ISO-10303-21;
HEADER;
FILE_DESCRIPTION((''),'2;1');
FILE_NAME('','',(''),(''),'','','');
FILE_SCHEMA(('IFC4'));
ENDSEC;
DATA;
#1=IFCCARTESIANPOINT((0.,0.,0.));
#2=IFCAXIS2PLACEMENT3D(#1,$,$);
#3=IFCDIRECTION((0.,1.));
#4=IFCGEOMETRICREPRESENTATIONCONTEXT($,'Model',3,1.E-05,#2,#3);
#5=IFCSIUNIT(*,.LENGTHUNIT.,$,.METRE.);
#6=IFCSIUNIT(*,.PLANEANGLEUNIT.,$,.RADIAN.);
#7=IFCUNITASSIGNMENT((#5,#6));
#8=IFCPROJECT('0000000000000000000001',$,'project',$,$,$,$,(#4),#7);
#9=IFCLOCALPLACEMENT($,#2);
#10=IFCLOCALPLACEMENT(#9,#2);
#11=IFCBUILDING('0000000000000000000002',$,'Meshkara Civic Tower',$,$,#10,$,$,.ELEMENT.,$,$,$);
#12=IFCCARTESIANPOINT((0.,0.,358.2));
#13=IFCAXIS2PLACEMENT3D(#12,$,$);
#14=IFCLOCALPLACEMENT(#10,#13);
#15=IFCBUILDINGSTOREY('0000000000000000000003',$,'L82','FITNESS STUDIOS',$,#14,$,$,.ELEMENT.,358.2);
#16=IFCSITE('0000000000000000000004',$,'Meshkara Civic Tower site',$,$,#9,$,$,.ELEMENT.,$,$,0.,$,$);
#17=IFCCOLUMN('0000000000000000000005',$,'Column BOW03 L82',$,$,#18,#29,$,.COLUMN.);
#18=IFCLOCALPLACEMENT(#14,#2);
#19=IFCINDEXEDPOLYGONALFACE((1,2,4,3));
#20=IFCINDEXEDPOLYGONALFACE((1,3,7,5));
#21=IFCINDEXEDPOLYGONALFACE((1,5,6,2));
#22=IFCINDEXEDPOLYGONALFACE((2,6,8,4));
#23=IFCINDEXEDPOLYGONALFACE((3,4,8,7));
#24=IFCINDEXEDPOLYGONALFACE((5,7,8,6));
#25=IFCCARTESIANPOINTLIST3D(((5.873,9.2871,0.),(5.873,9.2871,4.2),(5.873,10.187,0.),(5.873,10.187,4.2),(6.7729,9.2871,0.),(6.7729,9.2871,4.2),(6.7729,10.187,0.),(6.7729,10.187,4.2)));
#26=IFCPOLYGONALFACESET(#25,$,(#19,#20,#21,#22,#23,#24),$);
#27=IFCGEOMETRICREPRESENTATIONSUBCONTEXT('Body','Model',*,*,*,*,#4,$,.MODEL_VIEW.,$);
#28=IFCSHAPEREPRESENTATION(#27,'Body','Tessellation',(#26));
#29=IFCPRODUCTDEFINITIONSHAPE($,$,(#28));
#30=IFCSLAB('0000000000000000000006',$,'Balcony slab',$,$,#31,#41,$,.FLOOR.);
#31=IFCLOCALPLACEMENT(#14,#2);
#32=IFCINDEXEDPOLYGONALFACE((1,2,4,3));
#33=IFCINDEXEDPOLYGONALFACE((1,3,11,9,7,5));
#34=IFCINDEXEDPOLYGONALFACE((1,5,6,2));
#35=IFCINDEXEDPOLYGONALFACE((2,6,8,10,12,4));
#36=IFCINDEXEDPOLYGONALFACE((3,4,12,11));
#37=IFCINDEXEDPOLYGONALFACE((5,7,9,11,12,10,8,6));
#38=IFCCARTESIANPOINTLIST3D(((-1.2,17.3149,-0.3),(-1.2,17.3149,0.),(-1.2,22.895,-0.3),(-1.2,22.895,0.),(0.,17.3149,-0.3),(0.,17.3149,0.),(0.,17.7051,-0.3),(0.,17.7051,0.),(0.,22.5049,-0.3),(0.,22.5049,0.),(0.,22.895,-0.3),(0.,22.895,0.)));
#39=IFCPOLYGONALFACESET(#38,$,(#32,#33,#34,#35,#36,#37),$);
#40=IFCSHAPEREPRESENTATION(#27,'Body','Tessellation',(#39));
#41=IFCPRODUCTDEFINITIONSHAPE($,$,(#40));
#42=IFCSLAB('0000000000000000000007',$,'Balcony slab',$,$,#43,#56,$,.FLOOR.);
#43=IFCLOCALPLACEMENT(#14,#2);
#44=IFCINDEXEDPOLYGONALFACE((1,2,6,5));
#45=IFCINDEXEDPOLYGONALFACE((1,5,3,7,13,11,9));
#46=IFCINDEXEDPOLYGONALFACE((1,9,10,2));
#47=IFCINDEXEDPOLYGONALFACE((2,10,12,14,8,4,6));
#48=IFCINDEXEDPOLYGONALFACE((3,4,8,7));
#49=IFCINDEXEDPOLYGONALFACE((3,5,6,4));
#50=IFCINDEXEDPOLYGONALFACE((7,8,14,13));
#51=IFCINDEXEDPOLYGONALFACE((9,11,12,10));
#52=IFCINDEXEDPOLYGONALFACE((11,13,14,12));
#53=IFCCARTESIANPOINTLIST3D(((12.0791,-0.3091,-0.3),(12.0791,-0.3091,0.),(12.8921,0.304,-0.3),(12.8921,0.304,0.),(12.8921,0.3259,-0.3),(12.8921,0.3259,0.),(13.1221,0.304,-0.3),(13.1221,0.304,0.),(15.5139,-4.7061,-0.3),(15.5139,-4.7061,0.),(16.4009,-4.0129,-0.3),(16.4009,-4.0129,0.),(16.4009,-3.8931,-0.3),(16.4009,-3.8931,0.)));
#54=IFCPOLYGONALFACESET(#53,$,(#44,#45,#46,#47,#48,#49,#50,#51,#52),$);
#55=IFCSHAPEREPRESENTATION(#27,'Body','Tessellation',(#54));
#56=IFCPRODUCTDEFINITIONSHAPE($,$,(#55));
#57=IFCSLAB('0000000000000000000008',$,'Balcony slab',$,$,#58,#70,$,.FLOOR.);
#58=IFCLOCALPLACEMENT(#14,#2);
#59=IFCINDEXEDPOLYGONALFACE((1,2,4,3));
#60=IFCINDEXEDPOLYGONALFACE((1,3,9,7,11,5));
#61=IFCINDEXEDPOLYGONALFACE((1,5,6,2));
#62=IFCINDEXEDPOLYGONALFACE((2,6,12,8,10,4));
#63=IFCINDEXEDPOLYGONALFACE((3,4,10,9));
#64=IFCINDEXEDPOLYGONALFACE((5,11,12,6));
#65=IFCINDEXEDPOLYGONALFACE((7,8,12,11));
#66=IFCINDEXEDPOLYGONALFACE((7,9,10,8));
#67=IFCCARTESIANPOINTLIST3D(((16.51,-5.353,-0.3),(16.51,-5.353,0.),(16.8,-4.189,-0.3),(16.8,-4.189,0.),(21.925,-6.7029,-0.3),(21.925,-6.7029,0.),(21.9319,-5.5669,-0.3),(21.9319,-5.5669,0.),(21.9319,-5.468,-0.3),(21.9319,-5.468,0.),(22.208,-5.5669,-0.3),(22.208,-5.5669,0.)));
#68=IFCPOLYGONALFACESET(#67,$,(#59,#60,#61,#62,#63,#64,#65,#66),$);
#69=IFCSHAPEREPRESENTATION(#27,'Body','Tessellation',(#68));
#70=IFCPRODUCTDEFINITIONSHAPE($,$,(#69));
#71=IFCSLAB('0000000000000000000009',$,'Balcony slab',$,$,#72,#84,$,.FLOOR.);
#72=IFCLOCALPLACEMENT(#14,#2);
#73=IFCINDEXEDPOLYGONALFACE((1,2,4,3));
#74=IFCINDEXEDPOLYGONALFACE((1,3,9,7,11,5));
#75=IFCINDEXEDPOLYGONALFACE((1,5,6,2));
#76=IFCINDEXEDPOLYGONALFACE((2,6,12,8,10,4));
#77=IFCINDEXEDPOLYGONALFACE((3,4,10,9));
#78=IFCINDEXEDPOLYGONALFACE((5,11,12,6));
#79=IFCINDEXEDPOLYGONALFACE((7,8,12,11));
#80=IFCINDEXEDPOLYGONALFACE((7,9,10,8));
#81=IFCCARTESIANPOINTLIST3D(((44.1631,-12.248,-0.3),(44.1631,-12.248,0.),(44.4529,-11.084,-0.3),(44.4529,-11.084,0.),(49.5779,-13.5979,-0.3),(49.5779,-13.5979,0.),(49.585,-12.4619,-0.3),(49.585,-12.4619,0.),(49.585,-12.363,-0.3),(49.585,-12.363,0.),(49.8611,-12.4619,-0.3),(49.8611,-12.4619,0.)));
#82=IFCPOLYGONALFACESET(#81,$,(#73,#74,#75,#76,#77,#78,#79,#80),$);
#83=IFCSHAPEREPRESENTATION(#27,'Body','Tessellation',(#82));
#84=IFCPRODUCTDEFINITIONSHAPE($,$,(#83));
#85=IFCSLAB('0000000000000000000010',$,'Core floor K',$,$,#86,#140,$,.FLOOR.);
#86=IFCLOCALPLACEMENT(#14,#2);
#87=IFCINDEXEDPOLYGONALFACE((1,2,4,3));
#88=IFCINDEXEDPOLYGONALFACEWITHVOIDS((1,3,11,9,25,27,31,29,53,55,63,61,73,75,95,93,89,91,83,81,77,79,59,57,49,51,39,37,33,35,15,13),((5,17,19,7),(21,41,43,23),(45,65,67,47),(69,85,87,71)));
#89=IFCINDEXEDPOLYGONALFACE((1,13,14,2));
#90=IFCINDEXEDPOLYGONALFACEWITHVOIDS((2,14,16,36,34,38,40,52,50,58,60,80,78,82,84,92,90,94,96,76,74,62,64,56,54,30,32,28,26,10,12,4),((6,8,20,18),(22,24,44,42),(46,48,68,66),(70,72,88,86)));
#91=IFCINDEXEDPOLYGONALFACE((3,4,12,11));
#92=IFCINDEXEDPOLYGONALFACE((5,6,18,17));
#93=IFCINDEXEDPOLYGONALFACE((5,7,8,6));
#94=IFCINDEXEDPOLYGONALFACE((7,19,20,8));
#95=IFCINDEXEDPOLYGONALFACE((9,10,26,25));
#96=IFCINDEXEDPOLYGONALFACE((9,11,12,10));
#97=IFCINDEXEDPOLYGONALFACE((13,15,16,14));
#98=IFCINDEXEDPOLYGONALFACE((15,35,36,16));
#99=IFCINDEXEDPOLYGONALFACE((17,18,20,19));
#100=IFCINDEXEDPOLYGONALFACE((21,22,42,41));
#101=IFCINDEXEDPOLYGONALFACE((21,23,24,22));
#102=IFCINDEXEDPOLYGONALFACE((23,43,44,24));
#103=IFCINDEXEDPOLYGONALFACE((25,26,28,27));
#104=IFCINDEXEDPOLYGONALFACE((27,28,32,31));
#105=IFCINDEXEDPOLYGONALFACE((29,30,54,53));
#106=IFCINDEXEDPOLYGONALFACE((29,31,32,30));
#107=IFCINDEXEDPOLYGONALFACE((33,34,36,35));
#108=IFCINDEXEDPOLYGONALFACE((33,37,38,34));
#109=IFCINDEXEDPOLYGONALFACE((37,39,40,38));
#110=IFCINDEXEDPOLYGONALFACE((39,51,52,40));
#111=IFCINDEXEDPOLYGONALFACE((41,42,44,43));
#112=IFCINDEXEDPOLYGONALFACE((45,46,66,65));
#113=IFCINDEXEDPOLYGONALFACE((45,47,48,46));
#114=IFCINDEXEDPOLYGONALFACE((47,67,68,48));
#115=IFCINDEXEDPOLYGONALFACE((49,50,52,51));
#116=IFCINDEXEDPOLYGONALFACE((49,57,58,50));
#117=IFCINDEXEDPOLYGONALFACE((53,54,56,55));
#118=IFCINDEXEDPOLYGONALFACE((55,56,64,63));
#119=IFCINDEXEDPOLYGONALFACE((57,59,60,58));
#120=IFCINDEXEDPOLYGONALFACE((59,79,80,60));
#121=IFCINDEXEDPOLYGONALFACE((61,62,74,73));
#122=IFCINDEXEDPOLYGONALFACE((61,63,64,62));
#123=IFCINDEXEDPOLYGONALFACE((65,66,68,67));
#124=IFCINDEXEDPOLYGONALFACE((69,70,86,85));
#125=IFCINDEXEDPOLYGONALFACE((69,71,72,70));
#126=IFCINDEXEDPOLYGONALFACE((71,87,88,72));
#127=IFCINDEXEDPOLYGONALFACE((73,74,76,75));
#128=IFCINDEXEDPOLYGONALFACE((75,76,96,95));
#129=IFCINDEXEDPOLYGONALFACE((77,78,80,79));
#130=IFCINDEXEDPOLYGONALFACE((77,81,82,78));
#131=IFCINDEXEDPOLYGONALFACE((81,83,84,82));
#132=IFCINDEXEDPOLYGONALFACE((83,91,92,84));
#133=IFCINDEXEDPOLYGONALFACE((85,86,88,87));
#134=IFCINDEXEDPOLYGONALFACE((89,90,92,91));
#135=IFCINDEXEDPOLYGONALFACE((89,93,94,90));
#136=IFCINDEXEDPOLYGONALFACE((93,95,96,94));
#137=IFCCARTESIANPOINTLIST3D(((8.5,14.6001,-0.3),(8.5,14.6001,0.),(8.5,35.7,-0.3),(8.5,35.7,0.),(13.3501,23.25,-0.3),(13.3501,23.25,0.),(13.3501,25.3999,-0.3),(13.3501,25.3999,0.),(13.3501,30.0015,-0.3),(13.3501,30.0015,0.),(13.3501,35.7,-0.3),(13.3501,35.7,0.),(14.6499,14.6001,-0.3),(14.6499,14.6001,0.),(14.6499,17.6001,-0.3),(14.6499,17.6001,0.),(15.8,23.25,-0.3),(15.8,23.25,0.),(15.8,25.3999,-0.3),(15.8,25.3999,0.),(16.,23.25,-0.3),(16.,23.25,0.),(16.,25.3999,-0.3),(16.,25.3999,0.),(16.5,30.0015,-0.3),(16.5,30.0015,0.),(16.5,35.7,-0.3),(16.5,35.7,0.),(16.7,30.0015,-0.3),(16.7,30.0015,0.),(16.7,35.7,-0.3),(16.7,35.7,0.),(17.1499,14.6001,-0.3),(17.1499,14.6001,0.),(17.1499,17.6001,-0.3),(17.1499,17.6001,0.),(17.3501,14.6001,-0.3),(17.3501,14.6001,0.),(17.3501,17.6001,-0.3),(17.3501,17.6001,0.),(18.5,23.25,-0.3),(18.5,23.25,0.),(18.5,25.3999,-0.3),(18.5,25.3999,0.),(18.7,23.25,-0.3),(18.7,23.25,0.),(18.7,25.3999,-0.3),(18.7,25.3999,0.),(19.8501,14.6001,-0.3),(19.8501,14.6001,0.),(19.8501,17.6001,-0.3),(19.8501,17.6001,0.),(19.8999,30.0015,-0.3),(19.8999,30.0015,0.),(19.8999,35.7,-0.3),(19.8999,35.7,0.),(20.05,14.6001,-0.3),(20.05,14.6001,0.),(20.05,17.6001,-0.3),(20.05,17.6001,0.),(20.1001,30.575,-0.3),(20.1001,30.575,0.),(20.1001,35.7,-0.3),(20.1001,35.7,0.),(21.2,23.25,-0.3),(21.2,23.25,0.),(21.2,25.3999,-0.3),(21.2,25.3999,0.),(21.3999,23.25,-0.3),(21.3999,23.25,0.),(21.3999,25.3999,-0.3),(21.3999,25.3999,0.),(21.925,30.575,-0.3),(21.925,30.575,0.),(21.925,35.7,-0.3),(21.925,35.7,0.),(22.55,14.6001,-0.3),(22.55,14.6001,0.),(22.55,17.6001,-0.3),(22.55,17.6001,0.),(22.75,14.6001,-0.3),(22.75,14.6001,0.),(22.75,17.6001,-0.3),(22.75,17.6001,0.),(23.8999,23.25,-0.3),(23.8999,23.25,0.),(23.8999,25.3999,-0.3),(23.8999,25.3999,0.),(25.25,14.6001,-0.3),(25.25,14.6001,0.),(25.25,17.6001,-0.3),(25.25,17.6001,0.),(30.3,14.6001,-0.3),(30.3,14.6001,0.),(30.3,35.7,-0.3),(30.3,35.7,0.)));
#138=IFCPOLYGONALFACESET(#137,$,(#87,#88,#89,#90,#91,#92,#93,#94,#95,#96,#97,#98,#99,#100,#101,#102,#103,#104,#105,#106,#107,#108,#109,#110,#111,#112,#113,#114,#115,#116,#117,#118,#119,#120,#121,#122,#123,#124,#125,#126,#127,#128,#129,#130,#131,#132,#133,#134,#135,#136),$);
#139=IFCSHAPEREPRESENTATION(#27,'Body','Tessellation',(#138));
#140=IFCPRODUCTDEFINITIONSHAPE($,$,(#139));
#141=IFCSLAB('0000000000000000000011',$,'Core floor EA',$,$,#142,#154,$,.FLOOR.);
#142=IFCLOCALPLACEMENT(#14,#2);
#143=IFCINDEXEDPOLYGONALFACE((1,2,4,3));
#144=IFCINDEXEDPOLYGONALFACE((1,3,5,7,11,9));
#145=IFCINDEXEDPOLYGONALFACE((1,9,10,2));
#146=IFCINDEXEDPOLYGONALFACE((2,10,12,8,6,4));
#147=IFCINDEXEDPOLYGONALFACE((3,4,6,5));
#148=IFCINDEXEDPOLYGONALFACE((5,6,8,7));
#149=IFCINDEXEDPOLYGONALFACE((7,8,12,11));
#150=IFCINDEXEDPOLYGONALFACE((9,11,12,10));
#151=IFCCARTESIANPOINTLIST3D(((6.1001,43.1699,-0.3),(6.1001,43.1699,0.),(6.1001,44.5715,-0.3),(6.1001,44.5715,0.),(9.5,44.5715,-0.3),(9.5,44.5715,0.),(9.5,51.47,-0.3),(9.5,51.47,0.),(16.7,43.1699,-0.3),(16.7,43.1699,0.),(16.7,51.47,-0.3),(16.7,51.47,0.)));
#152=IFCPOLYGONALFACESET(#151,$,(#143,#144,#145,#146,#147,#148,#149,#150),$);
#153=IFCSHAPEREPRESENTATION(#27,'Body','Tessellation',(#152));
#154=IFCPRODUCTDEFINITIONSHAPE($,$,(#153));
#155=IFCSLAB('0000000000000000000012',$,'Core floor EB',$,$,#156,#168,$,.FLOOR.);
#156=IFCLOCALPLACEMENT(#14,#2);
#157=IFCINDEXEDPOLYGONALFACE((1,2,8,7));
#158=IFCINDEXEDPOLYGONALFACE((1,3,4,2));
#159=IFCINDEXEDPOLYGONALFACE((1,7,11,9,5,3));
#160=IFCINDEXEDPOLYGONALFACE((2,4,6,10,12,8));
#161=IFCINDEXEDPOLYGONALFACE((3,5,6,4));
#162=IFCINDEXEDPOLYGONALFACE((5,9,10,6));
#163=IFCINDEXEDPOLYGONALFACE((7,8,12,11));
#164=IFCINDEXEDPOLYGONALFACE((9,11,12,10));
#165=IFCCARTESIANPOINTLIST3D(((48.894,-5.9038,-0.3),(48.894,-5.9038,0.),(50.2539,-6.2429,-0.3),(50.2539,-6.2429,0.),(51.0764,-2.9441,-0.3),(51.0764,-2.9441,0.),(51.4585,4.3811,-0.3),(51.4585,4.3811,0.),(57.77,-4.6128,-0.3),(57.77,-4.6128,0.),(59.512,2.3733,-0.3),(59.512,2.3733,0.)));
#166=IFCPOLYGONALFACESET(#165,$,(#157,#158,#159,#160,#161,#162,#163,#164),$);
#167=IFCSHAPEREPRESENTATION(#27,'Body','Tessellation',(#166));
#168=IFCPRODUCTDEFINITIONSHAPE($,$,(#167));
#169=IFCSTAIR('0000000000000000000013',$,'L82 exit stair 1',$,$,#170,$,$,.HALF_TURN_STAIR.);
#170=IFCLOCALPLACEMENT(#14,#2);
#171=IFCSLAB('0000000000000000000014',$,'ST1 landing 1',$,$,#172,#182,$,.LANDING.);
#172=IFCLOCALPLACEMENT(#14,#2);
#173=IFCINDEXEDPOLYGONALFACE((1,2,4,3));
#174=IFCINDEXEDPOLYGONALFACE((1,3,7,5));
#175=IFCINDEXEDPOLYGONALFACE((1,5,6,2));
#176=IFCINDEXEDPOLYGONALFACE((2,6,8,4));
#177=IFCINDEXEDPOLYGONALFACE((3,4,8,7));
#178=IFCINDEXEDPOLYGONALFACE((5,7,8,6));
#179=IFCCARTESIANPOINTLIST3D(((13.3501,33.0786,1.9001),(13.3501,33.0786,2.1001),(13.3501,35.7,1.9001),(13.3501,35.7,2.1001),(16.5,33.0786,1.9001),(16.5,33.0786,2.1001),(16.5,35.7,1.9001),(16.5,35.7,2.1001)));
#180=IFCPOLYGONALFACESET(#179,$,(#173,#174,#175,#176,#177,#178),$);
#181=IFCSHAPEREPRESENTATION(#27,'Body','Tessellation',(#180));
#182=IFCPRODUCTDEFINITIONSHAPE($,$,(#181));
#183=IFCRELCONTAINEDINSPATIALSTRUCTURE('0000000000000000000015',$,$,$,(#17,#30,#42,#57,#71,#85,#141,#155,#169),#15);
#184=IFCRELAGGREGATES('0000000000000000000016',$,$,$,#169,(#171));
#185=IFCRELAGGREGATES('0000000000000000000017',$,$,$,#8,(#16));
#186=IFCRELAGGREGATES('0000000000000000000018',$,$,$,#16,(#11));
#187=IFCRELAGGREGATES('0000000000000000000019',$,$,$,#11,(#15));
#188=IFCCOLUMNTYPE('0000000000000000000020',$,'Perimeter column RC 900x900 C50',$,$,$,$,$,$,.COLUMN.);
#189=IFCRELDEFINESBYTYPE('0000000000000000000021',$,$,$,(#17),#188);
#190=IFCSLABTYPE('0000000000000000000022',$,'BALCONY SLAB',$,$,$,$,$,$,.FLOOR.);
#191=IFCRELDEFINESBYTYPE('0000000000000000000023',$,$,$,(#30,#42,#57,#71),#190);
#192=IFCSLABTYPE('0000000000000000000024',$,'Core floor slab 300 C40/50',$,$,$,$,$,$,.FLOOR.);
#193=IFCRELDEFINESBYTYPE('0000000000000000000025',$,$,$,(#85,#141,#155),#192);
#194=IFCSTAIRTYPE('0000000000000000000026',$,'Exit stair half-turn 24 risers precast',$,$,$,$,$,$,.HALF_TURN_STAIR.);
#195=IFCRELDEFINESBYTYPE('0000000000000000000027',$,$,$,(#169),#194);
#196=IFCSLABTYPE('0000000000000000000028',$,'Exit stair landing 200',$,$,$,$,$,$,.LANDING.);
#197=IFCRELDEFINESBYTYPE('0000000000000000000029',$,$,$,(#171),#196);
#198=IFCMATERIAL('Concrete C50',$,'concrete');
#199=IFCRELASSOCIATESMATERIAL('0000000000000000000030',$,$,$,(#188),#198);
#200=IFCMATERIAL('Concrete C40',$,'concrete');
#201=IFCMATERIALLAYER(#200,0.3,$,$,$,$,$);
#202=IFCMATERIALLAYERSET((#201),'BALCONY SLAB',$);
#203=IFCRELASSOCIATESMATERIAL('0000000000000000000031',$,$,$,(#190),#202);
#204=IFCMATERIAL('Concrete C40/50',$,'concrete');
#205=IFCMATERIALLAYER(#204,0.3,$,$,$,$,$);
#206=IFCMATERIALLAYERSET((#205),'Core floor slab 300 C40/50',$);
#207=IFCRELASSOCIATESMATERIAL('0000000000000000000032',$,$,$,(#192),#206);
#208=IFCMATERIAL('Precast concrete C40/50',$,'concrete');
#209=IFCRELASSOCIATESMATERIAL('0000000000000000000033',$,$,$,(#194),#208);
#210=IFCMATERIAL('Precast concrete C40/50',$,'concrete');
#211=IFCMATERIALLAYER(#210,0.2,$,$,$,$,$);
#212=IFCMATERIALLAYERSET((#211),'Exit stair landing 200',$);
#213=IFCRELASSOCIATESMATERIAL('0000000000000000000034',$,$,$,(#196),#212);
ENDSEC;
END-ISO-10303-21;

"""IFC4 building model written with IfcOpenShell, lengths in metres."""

from ifc_helpers import new_model, si_unit, direction, frame, origin, origin_2d, place, context, subcontext, project, spatial, polyline, rectangle, outline, extrude, material, layer, layer_set, material_profile, profile_set, type_object, element, aggregate, save


model = new_model("IFC4")

# Units and contexts
model_context = context("Model", 3, precision=1e-05, world=origin(), true_north=direction((0.0, 1.0)))
body_context = subcontext(model_context, "Body", "Model", "MODEL_VIEW")
ifc_project = project(units=[si_unit("LENGTHUNIT", "METRE"), si_unit("PLANEANGLEUNIT", "RADIAN")], contexts=[model_context])

# Site, building, storey
site_placement = place(None, origin())
site = spatial("IfcSite", under=ifc_project, at=site_placement, Name="Meshkara Civic Tower site", CompositionType="ELEMENT", RefElevation=0.0)
building_placement = place(site_placement, origin())
building = spatial("IfcBuilding", under=site, at=building_placement, Name="Meshkara Civic Tower", CompositionType="ELEMENT")
storey_placement = place(building_placement, frame((0.0, 0.0, 358.2)))
storey = spatial("IfcBuildingStorey", under=building, at=storey_placement, Name="L82", Description="FITNESS STUDIOS", CompositionType="ELEMENT", Elevation=358.2)

# Column
ifc_material_1 = material(Name="Concrete C50", Category="concrete")
ifc_material_profile = material_profile(ifc_material_1, rectangle(XDim=0.8999, YDim=0.8999, at=origin_2d()))
ifc_profile_set = profile_set([ifc_material_profile], Name="Concrete C50")
column_type = type_object("IfcColumnType", Name="Perimeter column RC 900x900 C50", PredefinedType="COLUMN", material=ifc_profile_set)
column_placement = place(storey_placement, frame((6.323, 9.7371, 0.0), z_axis=(0.0, 0.0, 1.0), x_axis=(1.0, 0.0, 0.0)))
element("IfcColumn", 1, at=column_placement, inside=storey, type_object=column_type, Name="Column BOW03 L82", PredefinedType="COLUMN", context=body_context, shape_type="SweptSolid", body=[
    extrude(rectangle(XDim=0.8999, YDim=0.8999, at=origin_2d()), origin(), (0.0, 0.0, 1.0), 4.2),
])

# Slabs
ifc_material_2 = material(Name="Concrete C40", Category="concrete")
ifc_layer_1 = layer(ifc_material_2, 0.3)
ifc_layer_set_1 = layer_set([ifc_layer_1], Name="BALCONY SLAB")
slab_type_1 = type_object("IfcSlabType", Name="BALCONY SLAB", PredefinedType="FLOOR", material=ifc_layer_set_1)
slab_1_placement = place(storey_placement, frame((0.0, 0.0, -0.3)))
element("IfcSlab", 2, at=slab_1_placement, inside=storey, type_object=slab_type_1, Name="Balcony slab", PredefinedType="FLOOR", context=body_context, shape_type="SweptSolid", body=[
    extrude(outline(polyline([(0.0, 17.7051), (0.0, 17.3149), (-1.2, 17.3149), (-1.2, 22.895), (0.0, 22.895), (0.0, 22.5049), (0.0, 17.7051)])), origin(), (0.0, 0.0, 1.0), 0.3),
])
slab_2_placement = place(storey_placement, frame((0.0, 0.0, -0.3)))
element("IfcSlab", 3, at=slab_2_placement, inside=storey, type_object=slab_type_1, Name="Balcony slab", PredefinedType="FLOOR", context=body_context, shape_type="SweptSolid", body=[
    extrude(outline(polyline([(15.5139, -4.7061), (12.0791, -0.3091), (12.8921, 0.3259), (12.8921, 0.304), (13.1221, 0.304), (16.4009, -3.8931), (16.4009, -4.0129), (15.5139, -4.7061)])), origin(), (0.0, 0.0, 1.0), 0.3),
])
slab_3_placement = place(storey_placement, frame((0.0, 0.0, -0.3)))
element("IfcSlab", 4, at=slab_3_placement, inside=storey, type_object=slab_type_1, Name="Balcony slab", PredefinedType="FLOOR", context=body_context, shape_type="SweptSolid", body=[
    extrude(outline(polyline([(21.925, -6.7029), (16.51, -5.353), (16.8, -4.189), (21.9319, -5.468), (21.9319, -5.5669), (22.208, -5.5669), (21.925, -6.7029)])), origin(), (0.0, 0.0, 1.0), 0.3),
])
slab_4_placement = place(storey_placement, frame((0.0, 0.0, -0.3)))
element("IfcSlab", 5, at=slab_4_placement, inside=storey, type_object=slab_type_1, Name="Balcony slab", PredefinedType="FLOOR", context=body_context, shape_type="SweptSolid", body=[
    extrude(outline(polyline([(49.5779, -13.5979), (44.1631, -12.248), (44.4529, -11.084), (49.585, -12.363), (49.585, -12.4619), (49.8611, -12.4619), (49.5779, -13.5979)])), origin(), (0.0, 0.0, 1.0), 0.3),
])
ifc_material_3 = material(Name="Concrete C40/50", Category="concrete")
ifc_layer_2 = layer(ifc_material_3, 0.3)
ifc_layer_set_2 = layer_set([ifc_layer_2], Name="Core floor slab 300 C40/50")
slab_type_2 = type_object("IfcSlabType", Name="Core floor slab 300 C40/50", PredefinedType="FLOOR", material=ifc_layer_set_2)
slab_5_placement = place(storey_placement, frame((0.0, 0.0, -0.3)))
element("IfcSlab", 6, at=slab_5_placement, inside=storey, type_object=slab_type_2, Name="Core floor K", PredefinedType="FLOOR", context=body_context, shape_type="SweptSolid", body=[
    extrude(outline(polyline([(8.5, 35.7), (13.3501, 35.7), (13.3501, 30.0015), (16.5, 30.0015), (16.5, 35.7), (16.7, 35.7), (16.7, 30.0015), (19.8999, 30.0015), (19.8999, 35.7), (20.1001, 35.7), (20.1001, 30.575), (21.925, 30.575), (21.925, 35.7), (30.3, 35.7), (30.3, 14.6001), (25.25, 14.6001), (25.25, 17.6001), (22.75, 17.6001), (22.75, 14.6001), (22.55, 14.6001), (22.55, 17.6001), (20.05, 17.6001), (20.05, 14.6001), (19.8501, 14.6001), (19.8501, 17.6001), (17.3501, 17.6001), (17.3501, 14.6001), (17.1499, 14.6001), (17.1499, 17.6001), (14.6499, 17.6001), (14.6499, 14.6001), (8.5, 14.6001), (8.5, 35.7)]), holes=[polyline([(13.3501, 23.25), (15.8, 23.25), (15.8, 25.3999), (13.3501, 25.3999), (13.3501, 23.25)]), polyline([(18.5, 23.25), (18.5, 25.3999), (16.0, 25.3999), (16.0, 23.25), (18.5, 23.25)]), polyline([(18.7, 23.25), (21.2, 23.25), (21.2, 25.3999), (18.7, 25.3999), (18.7, 23.25)]), polyline([(23.8999, 23.25), (23.8999, 25.3999), (21.3999, 25.3999), (21.3999, 23.25), (23.8999, 23.25)])]), origin(), (0.0, 0.0, 1.0), 0.3),
])
slab_6_placement = place(storey_placement, frame((0.0, 0.0, -0.3)))
element("IfcSlab", 7, at=slab_6_placement, inside=storey, type_object=slab_type_2, Name="Core floor EA", PredefinedType="FLOOR", context=body_context, shape_type="SweptSolid", body=[
    extrude(outline(polyline([(16.7, 43.1699), (16.7, 51.47), (9.5, 51.47), (9.5, 44.5715), (6.1001, 44.5715), (6.1001, 43.1699), (16.7, 43.1699)])), origin(), (0.0, 0.0, 1.0), 0.3),
])
slab_7_placement = place(storey_placement, frame((0.0, 0.0, -0.3)))
element("IfcSlab", 8, at=slab_7_placement, inside=storey, type_object=slab_type_2, Name="Core floor EB", PredefinedType="FLOOR", context=body_context, shape_type="SweptSolid", body=[
    extrude(outline(polyline([(51.4585, 4.3811), (59.512, 2.3733), (57.77, -4.6128), (51.0764, -2.9441), (50.2539, -6.2429), (48.894, -5.9038), (51.4585, 4.3811)])), origin(), (0.0, 0.0, 1.0), 0.3),
])

# Stair, slab
ifc_material_4 = material(Name="Precast concrete C40/50", Category="concrete")
stair_type = type_object("IfcStairType", Name="Exit stair half-turn 24 risers precast", PredefinedType="HALF_TURN_STAIR", material=ifc_material_4)
stair_1_placement = place(storey_placement, origin())
stair_1 = element("IfcStair", 9, at=stair_1_placement, inside=storey, type_object=stair_type, Name="L82 exit stair 1", PredefinedType="HALF_TURN_STAIR")
ifc_material_5 = material(Name="Precast concrete C40/50", Category="concrete")
ifc_layer_3 = layer(ifc_material_5, 0.2)
ifc_layer_set_3 = layer_set([ifc_layer_3], Name="Exit stair landing 200")
slab_type_3 = type_object("IfcSlabType", Name="Exit stair landing 200", PredefinedType="LANDING", material=ifc_layer_set_3)
slab_8_placement = place(storey_placement, frame((0.0, 0.0, 1.9001)))
slab_8 = element("IfcSlab", 10, at=slab_8_placement, type_object=slab_type_3, Name="ST1 landing 1", PredefinedType="LANDING", context=body_context, shape_type="SweptSolid", body=[
    extrude(outline(polyline([(16.5, 33.0786), (16.5, 35.7), (13.3501, 35.7), (13.3501, 33.0786), (16.5, 33.0786)])), origin(), (0.0, 0.0, 1.0), 0.2),
])
aggregate(stair_1, [slab_8])

save(model, "model.ifc")
